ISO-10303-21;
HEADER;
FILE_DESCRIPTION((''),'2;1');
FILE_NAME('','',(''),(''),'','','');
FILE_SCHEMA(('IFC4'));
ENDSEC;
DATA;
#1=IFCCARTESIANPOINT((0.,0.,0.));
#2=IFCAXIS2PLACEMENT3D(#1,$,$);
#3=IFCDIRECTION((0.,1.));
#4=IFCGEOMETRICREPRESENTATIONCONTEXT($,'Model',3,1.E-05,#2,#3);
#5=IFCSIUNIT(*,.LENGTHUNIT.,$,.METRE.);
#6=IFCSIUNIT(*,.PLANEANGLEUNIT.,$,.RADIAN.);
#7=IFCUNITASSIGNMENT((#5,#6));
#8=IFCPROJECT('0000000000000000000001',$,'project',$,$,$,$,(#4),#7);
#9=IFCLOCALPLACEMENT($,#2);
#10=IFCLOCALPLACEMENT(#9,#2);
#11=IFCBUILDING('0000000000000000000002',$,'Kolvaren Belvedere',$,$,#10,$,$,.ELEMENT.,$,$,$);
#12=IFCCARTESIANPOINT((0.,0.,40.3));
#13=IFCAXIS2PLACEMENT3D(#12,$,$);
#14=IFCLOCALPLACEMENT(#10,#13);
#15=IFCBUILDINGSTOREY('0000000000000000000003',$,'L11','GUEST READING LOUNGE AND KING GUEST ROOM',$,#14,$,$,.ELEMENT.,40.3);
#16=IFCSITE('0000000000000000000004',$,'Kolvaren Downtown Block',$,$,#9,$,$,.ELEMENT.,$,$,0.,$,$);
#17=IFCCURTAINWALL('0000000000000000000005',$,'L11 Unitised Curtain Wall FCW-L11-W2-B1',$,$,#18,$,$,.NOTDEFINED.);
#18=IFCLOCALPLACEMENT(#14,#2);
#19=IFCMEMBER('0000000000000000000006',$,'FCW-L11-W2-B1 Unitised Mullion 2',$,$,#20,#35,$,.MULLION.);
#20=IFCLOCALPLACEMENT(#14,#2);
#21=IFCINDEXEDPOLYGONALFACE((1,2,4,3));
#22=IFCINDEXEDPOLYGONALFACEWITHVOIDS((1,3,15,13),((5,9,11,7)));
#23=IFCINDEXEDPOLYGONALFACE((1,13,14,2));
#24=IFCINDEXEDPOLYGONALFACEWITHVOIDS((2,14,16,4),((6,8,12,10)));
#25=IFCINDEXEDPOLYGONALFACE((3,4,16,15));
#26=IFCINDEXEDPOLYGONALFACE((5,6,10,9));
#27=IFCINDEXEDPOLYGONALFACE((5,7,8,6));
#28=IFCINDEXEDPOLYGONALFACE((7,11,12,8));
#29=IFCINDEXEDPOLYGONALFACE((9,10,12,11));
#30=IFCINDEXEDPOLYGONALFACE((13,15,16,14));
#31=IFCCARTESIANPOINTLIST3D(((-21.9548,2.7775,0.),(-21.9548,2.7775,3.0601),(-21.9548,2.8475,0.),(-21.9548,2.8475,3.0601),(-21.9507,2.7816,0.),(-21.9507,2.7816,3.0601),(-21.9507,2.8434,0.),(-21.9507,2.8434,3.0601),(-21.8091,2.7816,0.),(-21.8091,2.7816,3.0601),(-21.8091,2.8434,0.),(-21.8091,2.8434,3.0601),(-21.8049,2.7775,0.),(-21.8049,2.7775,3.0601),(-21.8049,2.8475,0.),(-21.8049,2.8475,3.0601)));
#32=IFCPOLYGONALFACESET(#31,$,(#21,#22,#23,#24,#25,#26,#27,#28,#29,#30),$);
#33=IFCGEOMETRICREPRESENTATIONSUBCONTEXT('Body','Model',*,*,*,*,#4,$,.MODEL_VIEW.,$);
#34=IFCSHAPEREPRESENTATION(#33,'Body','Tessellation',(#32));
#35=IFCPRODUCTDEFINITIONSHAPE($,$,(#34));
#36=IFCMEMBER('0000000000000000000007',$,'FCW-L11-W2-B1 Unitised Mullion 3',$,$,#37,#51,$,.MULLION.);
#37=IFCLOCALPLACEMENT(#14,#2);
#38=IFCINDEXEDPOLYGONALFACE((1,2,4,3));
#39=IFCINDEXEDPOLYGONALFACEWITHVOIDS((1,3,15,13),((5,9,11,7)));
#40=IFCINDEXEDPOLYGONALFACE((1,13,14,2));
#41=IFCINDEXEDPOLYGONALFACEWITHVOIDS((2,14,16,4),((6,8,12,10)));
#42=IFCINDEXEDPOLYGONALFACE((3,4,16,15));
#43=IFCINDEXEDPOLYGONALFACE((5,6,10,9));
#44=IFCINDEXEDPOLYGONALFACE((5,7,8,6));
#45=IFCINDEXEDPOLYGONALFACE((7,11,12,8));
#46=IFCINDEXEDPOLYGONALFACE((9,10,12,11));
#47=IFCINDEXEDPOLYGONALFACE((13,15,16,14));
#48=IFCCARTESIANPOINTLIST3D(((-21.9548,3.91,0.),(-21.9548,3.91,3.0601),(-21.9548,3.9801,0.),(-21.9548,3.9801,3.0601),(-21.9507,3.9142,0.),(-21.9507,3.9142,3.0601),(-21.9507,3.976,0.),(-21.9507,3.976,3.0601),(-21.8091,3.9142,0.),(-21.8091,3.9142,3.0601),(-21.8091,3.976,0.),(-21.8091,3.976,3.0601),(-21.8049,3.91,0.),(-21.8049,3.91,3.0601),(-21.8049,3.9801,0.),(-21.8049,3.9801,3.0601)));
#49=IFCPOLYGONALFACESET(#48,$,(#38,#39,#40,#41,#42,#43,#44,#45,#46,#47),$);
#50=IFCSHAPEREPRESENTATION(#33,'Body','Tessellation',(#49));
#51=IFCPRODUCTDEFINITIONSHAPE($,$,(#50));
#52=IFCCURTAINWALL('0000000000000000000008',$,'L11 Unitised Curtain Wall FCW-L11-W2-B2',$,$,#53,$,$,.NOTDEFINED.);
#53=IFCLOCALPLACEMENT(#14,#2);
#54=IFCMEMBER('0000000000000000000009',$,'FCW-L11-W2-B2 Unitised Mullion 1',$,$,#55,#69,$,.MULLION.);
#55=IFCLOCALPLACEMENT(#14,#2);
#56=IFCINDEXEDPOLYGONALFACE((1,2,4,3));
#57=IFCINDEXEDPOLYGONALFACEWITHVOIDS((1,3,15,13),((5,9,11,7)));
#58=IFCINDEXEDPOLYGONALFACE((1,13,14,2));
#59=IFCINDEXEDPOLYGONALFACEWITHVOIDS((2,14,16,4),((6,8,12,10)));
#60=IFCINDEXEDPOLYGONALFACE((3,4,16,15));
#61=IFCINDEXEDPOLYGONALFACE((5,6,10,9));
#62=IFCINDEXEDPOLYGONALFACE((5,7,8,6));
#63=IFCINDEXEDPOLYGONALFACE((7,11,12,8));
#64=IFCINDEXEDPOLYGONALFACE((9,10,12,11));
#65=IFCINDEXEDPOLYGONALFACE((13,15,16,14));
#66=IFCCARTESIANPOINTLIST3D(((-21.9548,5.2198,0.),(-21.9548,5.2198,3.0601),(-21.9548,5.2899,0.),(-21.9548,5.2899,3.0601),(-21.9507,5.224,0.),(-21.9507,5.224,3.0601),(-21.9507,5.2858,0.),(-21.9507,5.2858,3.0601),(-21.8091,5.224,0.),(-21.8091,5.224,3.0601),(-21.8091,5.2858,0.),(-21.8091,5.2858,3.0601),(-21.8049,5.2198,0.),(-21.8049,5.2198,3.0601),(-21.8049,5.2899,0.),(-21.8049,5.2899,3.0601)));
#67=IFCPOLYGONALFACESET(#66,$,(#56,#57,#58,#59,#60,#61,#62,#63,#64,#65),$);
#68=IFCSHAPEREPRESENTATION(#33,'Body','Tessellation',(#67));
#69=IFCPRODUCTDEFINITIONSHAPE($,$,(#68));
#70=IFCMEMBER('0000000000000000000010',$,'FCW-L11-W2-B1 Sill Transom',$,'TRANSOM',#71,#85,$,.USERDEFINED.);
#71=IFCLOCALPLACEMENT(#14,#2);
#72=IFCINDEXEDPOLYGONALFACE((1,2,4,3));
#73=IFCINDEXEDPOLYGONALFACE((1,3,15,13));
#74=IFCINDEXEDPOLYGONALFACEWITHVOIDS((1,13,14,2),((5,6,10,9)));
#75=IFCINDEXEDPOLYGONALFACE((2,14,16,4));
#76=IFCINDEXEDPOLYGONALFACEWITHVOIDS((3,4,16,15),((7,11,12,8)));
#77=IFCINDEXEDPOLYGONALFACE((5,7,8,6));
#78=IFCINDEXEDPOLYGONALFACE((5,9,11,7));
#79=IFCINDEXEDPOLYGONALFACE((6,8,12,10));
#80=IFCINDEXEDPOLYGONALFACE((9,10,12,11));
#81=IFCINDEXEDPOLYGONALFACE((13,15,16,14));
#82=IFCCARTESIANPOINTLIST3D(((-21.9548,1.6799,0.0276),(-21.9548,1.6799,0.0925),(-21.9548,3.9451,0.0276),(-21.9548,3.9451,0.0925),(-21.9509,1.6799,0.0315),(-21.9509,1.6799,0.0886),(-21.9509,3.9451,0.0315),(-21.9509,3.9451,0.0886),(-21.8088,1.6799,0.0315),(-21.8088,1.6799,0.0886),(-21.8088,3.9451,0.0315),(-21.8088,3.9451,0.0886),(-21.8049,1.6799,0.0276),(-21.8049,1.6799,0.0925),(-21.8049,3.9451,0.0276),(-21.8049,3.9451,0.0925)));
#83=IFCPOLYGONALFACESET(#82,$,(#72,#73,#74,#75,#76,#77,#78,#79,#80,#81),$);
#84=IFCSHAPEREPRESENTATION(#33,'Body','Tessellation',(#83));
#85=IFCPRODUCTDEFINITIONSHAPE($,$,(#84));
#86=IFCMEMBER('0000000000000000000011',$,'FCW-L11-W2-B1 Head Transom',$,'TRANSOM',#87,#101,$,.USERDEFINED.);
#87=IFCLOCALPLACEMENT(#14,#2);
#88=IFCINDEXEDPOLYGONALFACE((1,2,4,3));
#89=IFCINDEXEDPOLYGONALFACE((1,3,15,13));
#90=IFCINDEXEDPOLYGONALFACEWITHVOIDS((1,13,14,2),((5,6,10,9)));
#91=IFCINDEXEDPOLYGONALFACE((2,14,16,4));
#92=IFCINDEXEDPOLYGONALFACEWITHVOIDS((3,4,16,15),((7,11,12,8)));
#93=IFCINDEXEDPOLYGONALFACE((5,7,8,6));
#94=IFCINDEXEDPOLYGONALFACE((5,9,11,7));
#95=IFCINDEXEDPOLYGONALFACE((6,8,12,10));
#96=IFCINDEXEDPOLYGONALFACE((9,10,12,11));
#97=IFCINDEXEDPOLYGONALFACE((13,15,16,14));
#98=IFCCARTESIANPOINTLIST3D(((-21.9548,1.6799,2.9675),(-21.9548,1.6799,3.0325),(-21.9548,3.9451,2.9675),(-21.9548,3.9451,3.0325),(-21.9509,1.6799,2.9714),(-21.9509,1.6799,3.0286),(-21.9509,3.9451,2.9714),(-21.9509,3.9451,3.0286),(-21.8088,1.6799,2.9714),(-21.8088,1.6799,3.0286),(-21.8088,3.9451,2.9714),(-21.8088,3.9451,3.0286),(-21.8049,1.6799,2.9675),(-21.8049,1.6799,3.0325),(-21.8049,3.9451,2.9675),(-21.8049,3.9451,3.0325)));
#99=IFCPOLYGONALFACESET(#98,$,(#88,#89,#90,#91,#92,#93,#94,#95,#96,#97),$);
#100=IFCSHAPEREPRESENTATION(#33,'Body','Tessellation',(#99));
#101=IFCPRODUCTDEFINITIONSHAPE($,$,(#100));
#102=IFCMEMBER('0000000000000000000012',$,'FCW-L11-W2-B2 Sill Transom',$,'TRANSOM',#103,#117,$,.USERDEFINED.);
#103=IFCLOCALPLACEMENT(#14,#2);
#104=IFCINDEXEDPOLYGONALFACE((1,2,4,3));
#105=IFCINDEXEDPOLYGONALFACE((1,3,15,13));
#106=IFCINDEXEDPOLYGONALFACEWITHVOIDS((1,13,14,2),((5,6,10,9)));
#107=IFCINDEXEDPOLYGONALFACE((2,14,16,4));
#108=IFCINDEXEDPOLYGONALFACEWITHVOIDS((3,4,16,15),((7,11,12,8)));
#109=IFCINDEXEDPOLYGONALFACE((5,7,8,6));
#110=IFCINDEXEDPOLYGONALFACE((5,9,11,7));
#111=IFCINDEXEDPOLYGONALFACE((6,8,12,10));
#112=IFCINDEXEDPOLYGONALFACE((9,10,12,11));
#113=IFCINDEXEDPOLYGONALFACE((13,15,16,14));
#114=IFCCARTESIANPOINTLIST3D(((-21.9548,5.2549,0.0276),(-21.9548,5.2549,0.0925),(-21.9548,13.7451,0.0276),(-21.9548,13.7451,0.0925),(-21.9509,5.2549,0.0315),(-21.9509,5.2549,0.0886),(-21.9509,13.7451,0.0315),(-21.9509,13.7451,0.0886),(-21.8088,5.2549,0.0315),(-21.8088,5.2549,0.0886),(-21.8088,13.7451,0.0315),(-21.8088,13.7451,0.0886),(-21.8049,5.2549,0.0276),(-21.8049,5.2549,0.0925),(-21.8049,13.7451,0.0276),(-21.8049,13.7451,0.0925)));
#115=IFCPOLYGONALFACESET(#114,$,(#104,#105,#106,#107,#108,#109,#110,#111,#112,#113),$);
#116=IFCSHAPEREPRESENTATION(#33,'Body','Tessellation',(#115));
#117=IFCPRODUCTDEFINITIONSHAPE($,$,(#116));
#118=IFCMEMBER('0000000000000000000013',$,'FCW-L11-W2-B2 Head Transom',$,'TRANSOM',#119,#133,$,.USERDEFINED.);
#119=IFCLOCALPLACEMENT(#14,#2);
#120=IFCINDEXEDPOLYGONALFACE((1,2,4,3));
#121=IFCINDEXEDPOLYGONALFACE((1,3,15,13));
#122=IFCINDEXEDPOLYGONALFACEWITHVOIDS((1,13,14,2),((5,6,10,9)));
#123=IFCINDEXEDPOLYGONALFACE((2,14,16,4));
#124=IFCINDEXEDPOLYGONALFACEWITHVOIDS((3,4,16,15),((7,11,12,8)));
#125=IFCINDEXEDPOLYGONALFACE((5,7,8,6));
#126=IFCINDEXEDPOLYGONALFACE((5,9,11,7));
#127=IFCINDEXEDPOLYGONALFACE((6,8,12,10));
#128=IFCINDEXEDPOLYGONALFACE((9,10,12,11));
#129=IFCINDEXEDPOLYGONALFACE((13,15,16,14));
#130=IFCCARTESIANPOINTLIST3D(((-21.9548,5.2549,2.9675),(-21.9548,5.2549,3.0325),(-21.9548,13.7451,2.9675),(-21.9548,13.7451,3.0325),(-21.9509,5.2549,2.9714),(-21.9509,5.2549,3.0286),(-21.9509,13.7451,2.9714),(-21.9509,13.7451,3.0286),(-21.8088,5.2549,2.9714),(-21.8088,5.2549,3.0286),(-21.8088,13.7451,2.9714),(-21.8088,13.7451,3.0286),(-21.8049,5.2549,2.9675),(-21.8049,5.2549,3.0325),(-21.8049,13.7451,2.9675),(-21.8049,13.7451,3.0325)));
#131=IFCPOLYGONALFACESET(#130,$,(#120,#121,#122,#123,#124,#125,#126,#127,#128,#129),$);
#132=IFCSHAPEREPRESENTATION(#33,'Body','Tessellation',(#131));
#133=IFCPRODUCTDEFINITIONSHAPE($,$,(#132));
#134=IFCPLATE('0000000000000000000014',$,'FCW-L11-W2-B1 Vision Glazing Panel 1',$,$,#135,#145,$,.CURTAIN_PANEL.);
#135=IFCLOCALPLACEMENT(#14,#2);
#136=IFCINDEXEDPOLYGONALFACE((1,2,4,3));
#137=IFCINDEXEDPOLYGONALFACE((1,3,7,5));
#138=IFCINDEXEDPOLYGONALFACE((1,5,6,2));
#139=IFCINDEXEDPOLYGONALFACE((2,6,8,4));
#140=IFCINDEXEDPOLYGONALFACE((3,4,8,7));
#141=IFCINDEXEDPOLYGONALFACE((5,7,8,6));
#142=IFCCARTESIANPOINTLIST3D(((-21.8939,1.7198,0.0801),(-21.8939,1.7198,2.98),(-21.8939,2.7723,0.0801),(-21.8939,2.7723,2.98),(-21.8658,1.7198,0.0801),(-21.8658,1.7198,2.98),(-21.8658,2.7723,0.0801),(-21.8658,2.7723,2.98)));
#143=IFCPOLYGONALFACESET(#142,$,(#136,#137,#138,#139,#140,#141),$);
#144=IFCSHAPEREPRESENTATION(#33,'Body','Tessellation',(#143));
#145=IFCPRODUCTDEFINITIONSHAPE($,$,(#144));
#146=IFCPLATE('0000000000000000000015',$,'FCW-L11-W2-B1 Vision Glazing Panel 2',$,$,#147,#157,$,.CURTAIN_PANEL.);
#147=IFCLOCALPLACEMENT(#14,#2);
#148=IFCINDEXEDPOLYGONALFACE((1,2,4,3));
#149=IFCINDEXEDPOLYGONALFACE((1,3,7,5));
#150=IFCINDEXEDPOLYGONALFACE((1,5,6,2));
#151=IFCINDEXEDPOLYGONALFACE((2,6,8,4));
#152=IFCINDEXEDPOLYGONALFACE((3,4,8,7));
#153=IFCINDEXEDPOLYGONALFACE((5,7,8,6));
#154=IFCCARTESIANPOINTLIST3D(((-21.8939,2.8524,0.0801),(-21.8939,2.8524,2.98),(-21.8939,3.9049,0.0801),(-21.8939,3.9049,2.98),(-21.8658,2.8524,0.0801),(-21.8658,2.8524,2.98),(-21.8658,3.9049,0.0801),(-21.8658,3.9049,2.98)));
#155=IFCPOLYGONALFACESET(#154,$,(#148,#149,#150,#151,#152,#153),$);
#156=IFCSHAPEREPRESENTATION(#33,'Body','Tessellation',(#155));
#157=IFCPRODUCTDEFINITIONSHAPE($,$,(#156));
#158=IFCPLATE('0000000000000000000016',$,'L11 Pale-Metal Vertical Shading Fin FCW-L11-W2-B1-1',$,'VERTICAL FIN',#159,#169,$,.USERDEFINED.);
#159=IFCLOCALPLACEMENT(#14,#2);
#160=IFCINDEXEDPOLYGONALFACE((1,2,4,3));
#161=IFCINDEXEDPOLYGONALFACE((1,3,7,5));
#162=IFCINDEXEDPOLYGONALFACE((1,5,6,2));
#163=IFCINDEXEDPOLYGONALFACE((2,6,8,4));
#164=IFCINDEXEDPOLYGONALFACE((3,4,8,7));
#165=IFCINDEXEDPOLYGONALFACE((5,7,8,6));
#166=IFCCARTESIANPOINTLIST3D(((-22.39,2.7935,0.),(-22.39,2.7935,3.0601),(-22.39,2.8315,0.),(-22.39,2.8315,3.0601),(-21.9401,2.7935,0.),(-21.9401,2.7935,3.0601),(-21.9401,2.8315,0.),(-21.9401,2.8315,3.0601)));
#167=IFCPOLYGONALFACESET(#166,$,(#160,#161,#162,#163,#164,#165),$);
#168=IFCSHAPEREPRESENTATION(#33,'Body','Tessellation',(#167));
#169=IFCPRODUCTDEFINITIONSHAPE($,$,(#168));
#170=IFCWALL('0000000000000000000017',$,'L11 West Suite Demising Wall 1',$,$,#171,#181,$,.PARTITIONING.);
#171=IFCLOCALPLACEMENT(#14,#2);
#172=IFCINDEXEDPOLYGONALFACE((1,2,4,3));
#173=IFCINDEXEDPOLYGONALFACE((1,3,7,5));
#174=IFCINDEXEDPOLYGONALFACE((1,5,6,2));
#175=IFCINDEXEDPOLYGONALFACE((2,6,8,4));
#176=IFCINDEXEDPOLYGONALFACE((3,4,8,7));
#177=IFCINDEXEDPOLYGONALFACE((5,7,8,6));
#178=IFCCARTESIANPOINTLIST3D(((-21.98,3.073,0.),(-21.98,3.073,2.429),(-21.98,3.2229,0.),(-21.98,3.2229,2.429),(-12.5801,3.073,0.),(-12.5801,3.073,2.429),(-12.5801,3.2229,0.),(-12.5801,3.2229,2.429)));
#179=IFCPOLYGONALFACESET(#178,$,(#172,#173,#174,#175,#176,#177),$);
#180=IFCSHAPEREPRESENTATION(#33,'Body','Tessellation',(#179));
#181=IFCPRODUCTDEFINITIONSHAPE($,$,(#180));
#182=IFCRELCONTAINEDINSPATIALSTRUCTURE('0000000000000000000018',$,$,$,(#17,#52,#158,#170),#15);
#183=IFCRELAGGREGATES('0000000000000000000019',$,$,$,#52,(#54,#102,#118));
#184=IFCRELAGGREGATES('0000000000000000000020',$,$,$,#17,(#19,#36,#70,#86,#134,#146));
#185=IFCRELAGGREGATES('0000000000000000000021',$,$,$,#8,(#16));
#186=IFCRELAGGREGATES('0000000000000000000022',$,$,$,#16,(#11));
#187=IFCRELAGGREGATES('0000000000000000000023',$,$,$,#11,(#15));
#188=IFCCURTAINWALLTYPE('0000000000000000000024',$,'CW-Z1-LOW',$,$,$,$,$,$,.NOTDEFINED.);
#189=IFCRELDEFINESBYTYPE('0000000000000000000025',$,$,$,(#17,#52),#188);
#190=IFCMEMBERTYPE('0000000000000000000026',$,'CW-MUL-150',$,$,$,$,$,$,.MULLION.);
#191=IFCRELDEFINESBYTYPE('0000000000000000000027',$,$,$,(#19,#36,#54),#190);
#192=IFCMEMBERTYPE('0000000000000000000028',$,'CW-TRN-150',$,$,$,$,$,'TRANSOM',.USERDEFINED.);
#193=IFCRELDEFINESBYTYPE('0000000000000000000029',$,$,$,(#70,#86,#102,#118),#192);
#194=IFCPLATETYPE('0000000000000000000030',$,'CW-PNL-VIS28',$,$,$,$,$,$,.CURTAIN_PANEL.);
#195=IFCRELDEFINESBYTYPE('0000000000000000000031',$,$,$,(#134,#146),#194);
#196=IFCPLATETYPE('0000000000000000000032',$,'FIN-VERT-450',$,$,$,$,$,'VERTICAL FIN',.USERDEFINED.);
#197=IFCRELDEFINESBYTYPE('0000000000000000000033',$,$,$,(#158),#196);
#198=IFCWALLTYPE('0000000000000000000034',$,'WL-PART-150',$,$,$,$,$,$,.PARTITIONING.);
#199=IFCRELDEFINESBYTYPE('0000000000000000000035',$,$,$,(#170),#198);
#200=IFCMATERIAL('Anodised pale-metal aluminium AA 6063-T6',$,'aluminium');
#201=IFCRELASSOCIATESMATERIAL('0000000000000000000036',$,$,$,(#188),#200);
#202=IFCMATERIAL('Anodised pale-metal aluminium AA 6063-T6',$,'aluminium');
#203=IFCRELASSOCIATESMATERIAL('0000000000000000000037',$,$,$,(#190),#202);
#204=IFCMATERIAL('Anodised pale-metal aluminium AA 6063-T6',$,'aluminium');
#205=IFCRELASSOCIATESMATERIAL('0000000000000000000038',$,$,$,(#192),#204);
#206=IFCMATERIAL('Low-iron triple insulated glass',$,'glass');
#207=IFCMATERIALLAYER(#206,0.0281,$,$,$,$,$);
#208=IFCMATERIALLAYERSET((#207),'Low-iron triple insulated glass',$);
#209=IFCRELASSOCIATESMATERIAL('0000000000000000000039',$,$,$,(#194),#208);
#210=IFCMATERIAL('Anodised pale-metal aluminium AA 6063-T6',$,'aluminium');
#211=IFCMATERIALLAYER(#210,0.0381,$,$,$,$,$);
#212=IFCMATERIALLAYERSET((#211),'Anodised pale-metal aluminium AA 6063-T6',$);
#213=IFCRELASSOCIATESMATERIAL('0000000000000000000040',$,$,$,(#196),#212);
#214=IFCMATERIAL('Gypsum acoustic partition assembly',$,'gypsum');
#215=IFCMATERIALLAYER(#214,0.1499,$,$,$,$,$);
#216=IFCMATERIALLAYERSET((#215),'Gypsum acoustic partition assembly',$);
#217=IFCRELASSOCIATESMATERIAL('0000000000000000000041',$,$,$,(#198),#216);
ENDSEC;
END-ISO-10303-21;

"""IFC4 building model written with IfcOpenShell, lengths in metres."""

from ifc_helpers import new_model, si_unit, direction, frame, frame_2d, origin, origin_2d, place, context, subcontext, project, spatial, rectangle, hollow_rectangle, extrude, material, layer, layer_set, material_profile, profile_set, type_object, element, aggregate, save


model = new_model("IFC4")

# Units and contexts
model_context = context("Model", 3, precision=1e-05, world=origin(), true_north=direction((0.0, 1.0)))
body_context = subcontext(model_context, "Body", "Model", "MODEL_VIEW")
ifc_project = project(units=[si_unit("LENGTHUNIT", "METRE"), si_unit("PLANEANGLEUNIT", "RADIAN")], contexts=[model_context])

# Site, building, storey
site_placement = place(None, origin())
site = spatial("IfcSite", under=ifc_project, at=site_placement, Name="Kolvaren Downtown Block", CompositionType="ELEMENT", RefElevation=0.0)
building_placement = place(site_placement, origin())
building = spatial("IfcBuilding", under=site, at=building_placement, Name="Kolvaren Belvedere", CompositionType="ELEMENT")
storey_placement = place(building_placement, frame((0.0, 0.0, 40.3)))
storey = spatial("IfcBuildingStorey", under=building, at=storey_placement, Name="L11", Description="GUEST READING LOUNGE AND KING GUEST ROOM", CompositionType="ELEMENT", Elevation=40.3)

# Curtain wall, members
ifc_material_1 = material(Name="Anodised pale-metal aluminium AA 6063-T6", Category="aluminium")
curtain_wall_type = type_object("IfcCurtainWallType", Name="CW-Z1-LOW", PredefinedType="NOTDEFINED", material=ifc_material_1)
curtain_wall_1_placement = place(storey_placement, origin())
curtain_wall_1 = element("IfcCurtainWall", 1, at=curtain_wall_1_placement, inside=storey, type_object=curtain_wall_type, Name="L11 Unitised Curtain Wall FCW-L11-W2-B1", PredefinedType="NOTDEFINED")
ifc_material_2 = material(Name="Anodised pale-metal aluminium AA 6063-T6", Category="aluminium")
ifc_material_profile_1 = material_profile(ifc_material_2, hollow_rectangle(XDim=0.0701, YDim=0.1499, WallThickness=0.0042, at=origin_2d()), Name="ALU-MUL-150X70")
ifc_profile_set_1 = profile_set([ifc_material_profile_1], Name="Anodised pale-metal aluminium AA 6063-T6")
member_type_1 = type_object("IfcMemberType", Name="CW-MUL-150", PredefinedType="MULLION", material=ifc_profile_set_1)
member_1_placement = place(storey_placement, frame((-21.8799, 2.8125, 0.0), z_axis=(0.0, 0.0, 1.0), x_axis=(0.0, 1.0, 0.0)))
member_1 = element("IfcMember", 2, at=member_1_placement, type_object=member_type_1, Name="FCW-L11-W2-B1 Unitised Mullion 2", PredefinedType="MULLION", context=body_context, shape_type="SweptSolid", body=[
    extrude(hollow_rectangle(XDim=0.0701, YDim=0.1499, WallThickness=0.0042, at=origin_2d()), origin(), (0.0, 0.0, 1.0), 3.0601),
])
member_2_placement = place(storey_placement, frame((-21.8799, 3.9451, 0.0), z_axis=(0.0, 0.0, 1.0), x_axis=(0.0, 1.0, 0.0)))
member_2 = element("IfcMember", 3, at=member_2_placement, type_object=member_type_1, Name="FCW-L11-W2-B1 Unitised Mullion 3", PredefinedType="MULLION", context=body_context, shape_type="SweptSolid", body=[
    extrude(hollow_rectangle(XDim=0.0701, YDim=0.1499, WallThickness=0.0042, at=origin_2d()), origin(), (0.0, 0.0, 1.0), 3.0601),
])

# Curtain wall, member
curtain_wall_2_placement = place(storey_placement, origin())
curtain_wall_2 = element("IfcCurtainWall", 4, at=curtain_wall_2_placement, inside=storey, type_object=curtain_wall_type, Name="L11 Unitised Curtain Wall FCW-L11-W2-B2", PredefinedType="NOTDEFINED")
member_3_placement = place(storey_placement, frame((-21.8799, 5.2549, 0.0), z_axis=(0.0, 0.0, 1.0), x_axis=(0.0, 1.0, 0.0)))
member_3 = element("IfcMember", 5, at=member_3_placement, type_object=member_type_1, Name="FCW-L11-W2-B2 Unitised Mullion 1", PredefinedType="MULLION", context=body_context, shape_type="SweptSolid", body=[
    extrude(hollow_rectangle(XDim=0.0701, YDim=0.1499, WallThickness=0.0042, at=origin_2d()), origin(), (0.0, 0.0, 1.0), 3.0601),
])

# Members
ifc_material_3 = material(Name="Anodised pale-metal aluminium AA 6063-T6", Category="aluminium")
ifc_material_profile_2 = material_profile(ifc_material_3, hollow_rectangle(XDim=0.0649, YDim=0.1499, WallThickness=0.0039, at=origin_2d()), Name="ALU-TRN-150X65")
ifc_profile_set_2 = profile_set([ifc_material_profile_2], Name="Anodised pale-metal aluminium AA 6063-T6")
member_type_2 = type_object("IfcMemberType", Name="CW-TRN-150", ElementType="TRANSOM", PredefinedType="USERDEFINED", material=ifc_profile_set_2)
member_4_placement = place(storey_placement, frame((-21.8799, 1.6799, 0.0601), z_axis=(0.0, 1.0, 0.0), x_axis=(0.0, 0.0, 1.0)))
member_4 = element("IfcMember", 6, at=member_4_placement, type_object=member_type_2, Name="FCW-L11-W2-B1 Sill Transom", ObjectType="TRANSOM", PredefinedType="USERDEFINED", context=body_context, shape_type="SweptSolid", body=[
    extrude(hollow_rectangle(XDim=0.0649, YDim=0.1499, WallThickness=0.0039, at=origin_2d()), origin(), (0.0, 0.0, 1.0), 2.2651),
])
member_5_placement = place(storey_placement, frame((-21.8799, 1.6799, 3.0), z_axis=(0.0, 1.0, 0.0), x_axis=(0.0, 0.0, 1.0)))
member_5 = element("IfcMember", 7, at=member_5_placement, type_object=member_type_2, Name="FCW-L11-W2-B1 Head Transom", ObjectType="TRANSOM", PredefinedType="USERDEFINED", context=body_context, shape_type="SweptSolid", body=[
    extrude(hollow_rectangle(XDim=0.0649, YDim=0.1499, WallThickness=0.0039, at=origin_2d()), origin(), (0.0, 0.0, 1.0), 2.2651),
])
member_6_placement = place(storey_placement, frame((-21.8799, 5.2549, 0.0601), z_axis=(0.0, 1.0, 0.0), x_axis=(0.0, 0.0, 1.0)))
member_6 = element("IfcMember", 8, at=member_6_placement, type_object=member_type_2, Name="FCW-L11-W2-B2 Sill Transom", ObjectType="TRANSOM", PredefinedType="USERDEFINED", context=body_context, shape_type="SweptSolid", body=[
    extrude(hollow_rectangle(XDim=0.0649, YDim=0.1499, WallThickness=0.0039, at=origin_2d()), origin(), (0.0, 0.0, 1.0), 8.4902),
])
member_7_placement = place(storey_placement, frame((-21.8799, 5.2549, 3.0), z_axis=(0.0, 1.0, 0.0), x_axis=(0.0, 0.0, 1.0)))
member_7 = element("IfcMember", 9, at=member_7_placement, type_object=member_type_2, Name="FCW-L11-W2-B2 Head Transom", ObjectType="TRANSOM", PredefinedType="USERDEFINED", context=body_context, shape_type="SweptSolid", body=[
    extrude(hollow_rectangle(XDim=0.0649, YDim=0.1499, WallThickness=0.0039, at=origin_2d()), origin(), (0.0, 0.0, 1.0), 8.4902),
])
aggregate(curtain_wall_2, [member_3, member_6, member_7])

# Plates
ifc_material_4 = material(Name="Low-iron triple insulated glass", Category="glass")
ifc_layer_1 = layer(ifc_material_4, 0.0281)
ifc_layer_set_1 = layer_set([ifc_layer_1], Name="Low-iron triple insulated glass")
plate_type_1 = type_object("IfcPlateType", Name="CW-PNL-VIS28", PredefinedType="CURTAIN_PANEL", material=ifc_layer_set_1)
plate_1_placement = place(storey_placement, frame((-21.8799, 2.2461, 0.0801), z_axis=(0.0, 0.0, 1.0), x_axis=(0.0, 1.0, 0.0)))
plate_1 = element("IfcPlate", 10, at=plate_1_placement, type_object=plate_type_1, Name="FCW-L11-W2-B1 Vision Glazing Panel 1", PredefinedType="CURTAIN_PANEL", context=body_context, shape_type="SweptSolid", body=[
    extrude(rectangle(XDim=1.0525, YDim=0.0281, at=origin_2d()), origin(), (0.0, 0.0, 1.0), 2.8999),
])
plate_2_placement = place(storey_placement, frame((-21.8799, 3.3787, 0.0801), z_axis=(0.0, 0.0, 1.0), x_axis=(0.0, 1.0, 0.0)))
plate_2 = element("IfcPlate", 11, at=plate_2_placement, type_object=plate_type_1, Name="FCW-L11-W2-B1 Vision Glazing Panel 2", PredefinedType="CURTAIN_PANEL", context=body_context, shape_type="SweptSolid", body=[
    extrude(rectangle(XDim=1.0525, YDim=0.0281, at=origin_2d()), origin(), (0.0, 0.0, 1.0), 2.8999),
])
aggregate(curtain_wall_1, [member_1, member_2, member_4, member_5, plate_1, plate_2])
ifc_material_5 = material(Name="Anodised pale-metal aluminium AA 6063-T6", Category="aluminium")
ifc_layer_2 = layer(ifc_material_5, 0.0381)
ifc_layer_set_2 = layer_set([ifc_layer_2], Name="Anodised pale-metal aluminium AA 6063-T6")
plate_type_2 = type_object("IfcPlateType", Name="FIN-VERT-450", ElementType="VERTICAL FIN", PredefinedType="USERDEFINED", material=ifc_layer_set_2)
plate_3_placement = place(storey_placement, frame((-22.165, 2.8125, 0.0), z_axis=(0.0, 0.0, 1.0), x_axis=(1.0, 0.0, 0.0)))
element("IfcPlate", 12, at=plate_3_placement, inside=storey, type_object=plate_type_2, Name="L11 Pale-Metal Vertical Shading Fin FCW-L11-W2-B1-1", ObjectType="VERTICAL FIN", PredefinedType="USERDEFINED", context=body_context, shape_type="SweptSolid", body=[
    extrude(rectangle(XDim=0.45, YDim=0.0381, at=origin_2d()), origin(), (0.0, 0.0, 1.0), 3.0601),
])

# Wall
ifc_material_6 = material(Name="Gypsum acoustic partition assembly", Category="gypsum")
ifc_layer_3 = layer(ifc_material_6, 0.1499)
ifc_layer_set_3 = layer_set([ifc_layer_3], Name="Gypsum acoustic partition assembly")
wall_type_1 = type_object("IfcWallType", Name="WL-PART-150", PredefinedType="PARTITIONING", material=ifc_layer_set_3)
wall_1_placement = place(storey_placement, frame((-21.98, 3.1479, 0.0), z_axis=(0.0, 0.0, 1.0), x_axis=(1.0, 0.0, 0.0)))
element("IfcWall", 13, at=wall_1_placement, inside=storey, type_object=wall_type_1, Name="L11 West Suite Demising Wall 1", PredefinedType="PARTITIONING", context=body_context, shape_type="SweptSolid", body=[
    extrude(rectangle(XDim=9.3999, YDim=0.1499, at=frame_2d((4.7, 0.0))), origin(), (0.0, 0.0, 1.0), 2.429),
])

save(model, "model.ifc")
